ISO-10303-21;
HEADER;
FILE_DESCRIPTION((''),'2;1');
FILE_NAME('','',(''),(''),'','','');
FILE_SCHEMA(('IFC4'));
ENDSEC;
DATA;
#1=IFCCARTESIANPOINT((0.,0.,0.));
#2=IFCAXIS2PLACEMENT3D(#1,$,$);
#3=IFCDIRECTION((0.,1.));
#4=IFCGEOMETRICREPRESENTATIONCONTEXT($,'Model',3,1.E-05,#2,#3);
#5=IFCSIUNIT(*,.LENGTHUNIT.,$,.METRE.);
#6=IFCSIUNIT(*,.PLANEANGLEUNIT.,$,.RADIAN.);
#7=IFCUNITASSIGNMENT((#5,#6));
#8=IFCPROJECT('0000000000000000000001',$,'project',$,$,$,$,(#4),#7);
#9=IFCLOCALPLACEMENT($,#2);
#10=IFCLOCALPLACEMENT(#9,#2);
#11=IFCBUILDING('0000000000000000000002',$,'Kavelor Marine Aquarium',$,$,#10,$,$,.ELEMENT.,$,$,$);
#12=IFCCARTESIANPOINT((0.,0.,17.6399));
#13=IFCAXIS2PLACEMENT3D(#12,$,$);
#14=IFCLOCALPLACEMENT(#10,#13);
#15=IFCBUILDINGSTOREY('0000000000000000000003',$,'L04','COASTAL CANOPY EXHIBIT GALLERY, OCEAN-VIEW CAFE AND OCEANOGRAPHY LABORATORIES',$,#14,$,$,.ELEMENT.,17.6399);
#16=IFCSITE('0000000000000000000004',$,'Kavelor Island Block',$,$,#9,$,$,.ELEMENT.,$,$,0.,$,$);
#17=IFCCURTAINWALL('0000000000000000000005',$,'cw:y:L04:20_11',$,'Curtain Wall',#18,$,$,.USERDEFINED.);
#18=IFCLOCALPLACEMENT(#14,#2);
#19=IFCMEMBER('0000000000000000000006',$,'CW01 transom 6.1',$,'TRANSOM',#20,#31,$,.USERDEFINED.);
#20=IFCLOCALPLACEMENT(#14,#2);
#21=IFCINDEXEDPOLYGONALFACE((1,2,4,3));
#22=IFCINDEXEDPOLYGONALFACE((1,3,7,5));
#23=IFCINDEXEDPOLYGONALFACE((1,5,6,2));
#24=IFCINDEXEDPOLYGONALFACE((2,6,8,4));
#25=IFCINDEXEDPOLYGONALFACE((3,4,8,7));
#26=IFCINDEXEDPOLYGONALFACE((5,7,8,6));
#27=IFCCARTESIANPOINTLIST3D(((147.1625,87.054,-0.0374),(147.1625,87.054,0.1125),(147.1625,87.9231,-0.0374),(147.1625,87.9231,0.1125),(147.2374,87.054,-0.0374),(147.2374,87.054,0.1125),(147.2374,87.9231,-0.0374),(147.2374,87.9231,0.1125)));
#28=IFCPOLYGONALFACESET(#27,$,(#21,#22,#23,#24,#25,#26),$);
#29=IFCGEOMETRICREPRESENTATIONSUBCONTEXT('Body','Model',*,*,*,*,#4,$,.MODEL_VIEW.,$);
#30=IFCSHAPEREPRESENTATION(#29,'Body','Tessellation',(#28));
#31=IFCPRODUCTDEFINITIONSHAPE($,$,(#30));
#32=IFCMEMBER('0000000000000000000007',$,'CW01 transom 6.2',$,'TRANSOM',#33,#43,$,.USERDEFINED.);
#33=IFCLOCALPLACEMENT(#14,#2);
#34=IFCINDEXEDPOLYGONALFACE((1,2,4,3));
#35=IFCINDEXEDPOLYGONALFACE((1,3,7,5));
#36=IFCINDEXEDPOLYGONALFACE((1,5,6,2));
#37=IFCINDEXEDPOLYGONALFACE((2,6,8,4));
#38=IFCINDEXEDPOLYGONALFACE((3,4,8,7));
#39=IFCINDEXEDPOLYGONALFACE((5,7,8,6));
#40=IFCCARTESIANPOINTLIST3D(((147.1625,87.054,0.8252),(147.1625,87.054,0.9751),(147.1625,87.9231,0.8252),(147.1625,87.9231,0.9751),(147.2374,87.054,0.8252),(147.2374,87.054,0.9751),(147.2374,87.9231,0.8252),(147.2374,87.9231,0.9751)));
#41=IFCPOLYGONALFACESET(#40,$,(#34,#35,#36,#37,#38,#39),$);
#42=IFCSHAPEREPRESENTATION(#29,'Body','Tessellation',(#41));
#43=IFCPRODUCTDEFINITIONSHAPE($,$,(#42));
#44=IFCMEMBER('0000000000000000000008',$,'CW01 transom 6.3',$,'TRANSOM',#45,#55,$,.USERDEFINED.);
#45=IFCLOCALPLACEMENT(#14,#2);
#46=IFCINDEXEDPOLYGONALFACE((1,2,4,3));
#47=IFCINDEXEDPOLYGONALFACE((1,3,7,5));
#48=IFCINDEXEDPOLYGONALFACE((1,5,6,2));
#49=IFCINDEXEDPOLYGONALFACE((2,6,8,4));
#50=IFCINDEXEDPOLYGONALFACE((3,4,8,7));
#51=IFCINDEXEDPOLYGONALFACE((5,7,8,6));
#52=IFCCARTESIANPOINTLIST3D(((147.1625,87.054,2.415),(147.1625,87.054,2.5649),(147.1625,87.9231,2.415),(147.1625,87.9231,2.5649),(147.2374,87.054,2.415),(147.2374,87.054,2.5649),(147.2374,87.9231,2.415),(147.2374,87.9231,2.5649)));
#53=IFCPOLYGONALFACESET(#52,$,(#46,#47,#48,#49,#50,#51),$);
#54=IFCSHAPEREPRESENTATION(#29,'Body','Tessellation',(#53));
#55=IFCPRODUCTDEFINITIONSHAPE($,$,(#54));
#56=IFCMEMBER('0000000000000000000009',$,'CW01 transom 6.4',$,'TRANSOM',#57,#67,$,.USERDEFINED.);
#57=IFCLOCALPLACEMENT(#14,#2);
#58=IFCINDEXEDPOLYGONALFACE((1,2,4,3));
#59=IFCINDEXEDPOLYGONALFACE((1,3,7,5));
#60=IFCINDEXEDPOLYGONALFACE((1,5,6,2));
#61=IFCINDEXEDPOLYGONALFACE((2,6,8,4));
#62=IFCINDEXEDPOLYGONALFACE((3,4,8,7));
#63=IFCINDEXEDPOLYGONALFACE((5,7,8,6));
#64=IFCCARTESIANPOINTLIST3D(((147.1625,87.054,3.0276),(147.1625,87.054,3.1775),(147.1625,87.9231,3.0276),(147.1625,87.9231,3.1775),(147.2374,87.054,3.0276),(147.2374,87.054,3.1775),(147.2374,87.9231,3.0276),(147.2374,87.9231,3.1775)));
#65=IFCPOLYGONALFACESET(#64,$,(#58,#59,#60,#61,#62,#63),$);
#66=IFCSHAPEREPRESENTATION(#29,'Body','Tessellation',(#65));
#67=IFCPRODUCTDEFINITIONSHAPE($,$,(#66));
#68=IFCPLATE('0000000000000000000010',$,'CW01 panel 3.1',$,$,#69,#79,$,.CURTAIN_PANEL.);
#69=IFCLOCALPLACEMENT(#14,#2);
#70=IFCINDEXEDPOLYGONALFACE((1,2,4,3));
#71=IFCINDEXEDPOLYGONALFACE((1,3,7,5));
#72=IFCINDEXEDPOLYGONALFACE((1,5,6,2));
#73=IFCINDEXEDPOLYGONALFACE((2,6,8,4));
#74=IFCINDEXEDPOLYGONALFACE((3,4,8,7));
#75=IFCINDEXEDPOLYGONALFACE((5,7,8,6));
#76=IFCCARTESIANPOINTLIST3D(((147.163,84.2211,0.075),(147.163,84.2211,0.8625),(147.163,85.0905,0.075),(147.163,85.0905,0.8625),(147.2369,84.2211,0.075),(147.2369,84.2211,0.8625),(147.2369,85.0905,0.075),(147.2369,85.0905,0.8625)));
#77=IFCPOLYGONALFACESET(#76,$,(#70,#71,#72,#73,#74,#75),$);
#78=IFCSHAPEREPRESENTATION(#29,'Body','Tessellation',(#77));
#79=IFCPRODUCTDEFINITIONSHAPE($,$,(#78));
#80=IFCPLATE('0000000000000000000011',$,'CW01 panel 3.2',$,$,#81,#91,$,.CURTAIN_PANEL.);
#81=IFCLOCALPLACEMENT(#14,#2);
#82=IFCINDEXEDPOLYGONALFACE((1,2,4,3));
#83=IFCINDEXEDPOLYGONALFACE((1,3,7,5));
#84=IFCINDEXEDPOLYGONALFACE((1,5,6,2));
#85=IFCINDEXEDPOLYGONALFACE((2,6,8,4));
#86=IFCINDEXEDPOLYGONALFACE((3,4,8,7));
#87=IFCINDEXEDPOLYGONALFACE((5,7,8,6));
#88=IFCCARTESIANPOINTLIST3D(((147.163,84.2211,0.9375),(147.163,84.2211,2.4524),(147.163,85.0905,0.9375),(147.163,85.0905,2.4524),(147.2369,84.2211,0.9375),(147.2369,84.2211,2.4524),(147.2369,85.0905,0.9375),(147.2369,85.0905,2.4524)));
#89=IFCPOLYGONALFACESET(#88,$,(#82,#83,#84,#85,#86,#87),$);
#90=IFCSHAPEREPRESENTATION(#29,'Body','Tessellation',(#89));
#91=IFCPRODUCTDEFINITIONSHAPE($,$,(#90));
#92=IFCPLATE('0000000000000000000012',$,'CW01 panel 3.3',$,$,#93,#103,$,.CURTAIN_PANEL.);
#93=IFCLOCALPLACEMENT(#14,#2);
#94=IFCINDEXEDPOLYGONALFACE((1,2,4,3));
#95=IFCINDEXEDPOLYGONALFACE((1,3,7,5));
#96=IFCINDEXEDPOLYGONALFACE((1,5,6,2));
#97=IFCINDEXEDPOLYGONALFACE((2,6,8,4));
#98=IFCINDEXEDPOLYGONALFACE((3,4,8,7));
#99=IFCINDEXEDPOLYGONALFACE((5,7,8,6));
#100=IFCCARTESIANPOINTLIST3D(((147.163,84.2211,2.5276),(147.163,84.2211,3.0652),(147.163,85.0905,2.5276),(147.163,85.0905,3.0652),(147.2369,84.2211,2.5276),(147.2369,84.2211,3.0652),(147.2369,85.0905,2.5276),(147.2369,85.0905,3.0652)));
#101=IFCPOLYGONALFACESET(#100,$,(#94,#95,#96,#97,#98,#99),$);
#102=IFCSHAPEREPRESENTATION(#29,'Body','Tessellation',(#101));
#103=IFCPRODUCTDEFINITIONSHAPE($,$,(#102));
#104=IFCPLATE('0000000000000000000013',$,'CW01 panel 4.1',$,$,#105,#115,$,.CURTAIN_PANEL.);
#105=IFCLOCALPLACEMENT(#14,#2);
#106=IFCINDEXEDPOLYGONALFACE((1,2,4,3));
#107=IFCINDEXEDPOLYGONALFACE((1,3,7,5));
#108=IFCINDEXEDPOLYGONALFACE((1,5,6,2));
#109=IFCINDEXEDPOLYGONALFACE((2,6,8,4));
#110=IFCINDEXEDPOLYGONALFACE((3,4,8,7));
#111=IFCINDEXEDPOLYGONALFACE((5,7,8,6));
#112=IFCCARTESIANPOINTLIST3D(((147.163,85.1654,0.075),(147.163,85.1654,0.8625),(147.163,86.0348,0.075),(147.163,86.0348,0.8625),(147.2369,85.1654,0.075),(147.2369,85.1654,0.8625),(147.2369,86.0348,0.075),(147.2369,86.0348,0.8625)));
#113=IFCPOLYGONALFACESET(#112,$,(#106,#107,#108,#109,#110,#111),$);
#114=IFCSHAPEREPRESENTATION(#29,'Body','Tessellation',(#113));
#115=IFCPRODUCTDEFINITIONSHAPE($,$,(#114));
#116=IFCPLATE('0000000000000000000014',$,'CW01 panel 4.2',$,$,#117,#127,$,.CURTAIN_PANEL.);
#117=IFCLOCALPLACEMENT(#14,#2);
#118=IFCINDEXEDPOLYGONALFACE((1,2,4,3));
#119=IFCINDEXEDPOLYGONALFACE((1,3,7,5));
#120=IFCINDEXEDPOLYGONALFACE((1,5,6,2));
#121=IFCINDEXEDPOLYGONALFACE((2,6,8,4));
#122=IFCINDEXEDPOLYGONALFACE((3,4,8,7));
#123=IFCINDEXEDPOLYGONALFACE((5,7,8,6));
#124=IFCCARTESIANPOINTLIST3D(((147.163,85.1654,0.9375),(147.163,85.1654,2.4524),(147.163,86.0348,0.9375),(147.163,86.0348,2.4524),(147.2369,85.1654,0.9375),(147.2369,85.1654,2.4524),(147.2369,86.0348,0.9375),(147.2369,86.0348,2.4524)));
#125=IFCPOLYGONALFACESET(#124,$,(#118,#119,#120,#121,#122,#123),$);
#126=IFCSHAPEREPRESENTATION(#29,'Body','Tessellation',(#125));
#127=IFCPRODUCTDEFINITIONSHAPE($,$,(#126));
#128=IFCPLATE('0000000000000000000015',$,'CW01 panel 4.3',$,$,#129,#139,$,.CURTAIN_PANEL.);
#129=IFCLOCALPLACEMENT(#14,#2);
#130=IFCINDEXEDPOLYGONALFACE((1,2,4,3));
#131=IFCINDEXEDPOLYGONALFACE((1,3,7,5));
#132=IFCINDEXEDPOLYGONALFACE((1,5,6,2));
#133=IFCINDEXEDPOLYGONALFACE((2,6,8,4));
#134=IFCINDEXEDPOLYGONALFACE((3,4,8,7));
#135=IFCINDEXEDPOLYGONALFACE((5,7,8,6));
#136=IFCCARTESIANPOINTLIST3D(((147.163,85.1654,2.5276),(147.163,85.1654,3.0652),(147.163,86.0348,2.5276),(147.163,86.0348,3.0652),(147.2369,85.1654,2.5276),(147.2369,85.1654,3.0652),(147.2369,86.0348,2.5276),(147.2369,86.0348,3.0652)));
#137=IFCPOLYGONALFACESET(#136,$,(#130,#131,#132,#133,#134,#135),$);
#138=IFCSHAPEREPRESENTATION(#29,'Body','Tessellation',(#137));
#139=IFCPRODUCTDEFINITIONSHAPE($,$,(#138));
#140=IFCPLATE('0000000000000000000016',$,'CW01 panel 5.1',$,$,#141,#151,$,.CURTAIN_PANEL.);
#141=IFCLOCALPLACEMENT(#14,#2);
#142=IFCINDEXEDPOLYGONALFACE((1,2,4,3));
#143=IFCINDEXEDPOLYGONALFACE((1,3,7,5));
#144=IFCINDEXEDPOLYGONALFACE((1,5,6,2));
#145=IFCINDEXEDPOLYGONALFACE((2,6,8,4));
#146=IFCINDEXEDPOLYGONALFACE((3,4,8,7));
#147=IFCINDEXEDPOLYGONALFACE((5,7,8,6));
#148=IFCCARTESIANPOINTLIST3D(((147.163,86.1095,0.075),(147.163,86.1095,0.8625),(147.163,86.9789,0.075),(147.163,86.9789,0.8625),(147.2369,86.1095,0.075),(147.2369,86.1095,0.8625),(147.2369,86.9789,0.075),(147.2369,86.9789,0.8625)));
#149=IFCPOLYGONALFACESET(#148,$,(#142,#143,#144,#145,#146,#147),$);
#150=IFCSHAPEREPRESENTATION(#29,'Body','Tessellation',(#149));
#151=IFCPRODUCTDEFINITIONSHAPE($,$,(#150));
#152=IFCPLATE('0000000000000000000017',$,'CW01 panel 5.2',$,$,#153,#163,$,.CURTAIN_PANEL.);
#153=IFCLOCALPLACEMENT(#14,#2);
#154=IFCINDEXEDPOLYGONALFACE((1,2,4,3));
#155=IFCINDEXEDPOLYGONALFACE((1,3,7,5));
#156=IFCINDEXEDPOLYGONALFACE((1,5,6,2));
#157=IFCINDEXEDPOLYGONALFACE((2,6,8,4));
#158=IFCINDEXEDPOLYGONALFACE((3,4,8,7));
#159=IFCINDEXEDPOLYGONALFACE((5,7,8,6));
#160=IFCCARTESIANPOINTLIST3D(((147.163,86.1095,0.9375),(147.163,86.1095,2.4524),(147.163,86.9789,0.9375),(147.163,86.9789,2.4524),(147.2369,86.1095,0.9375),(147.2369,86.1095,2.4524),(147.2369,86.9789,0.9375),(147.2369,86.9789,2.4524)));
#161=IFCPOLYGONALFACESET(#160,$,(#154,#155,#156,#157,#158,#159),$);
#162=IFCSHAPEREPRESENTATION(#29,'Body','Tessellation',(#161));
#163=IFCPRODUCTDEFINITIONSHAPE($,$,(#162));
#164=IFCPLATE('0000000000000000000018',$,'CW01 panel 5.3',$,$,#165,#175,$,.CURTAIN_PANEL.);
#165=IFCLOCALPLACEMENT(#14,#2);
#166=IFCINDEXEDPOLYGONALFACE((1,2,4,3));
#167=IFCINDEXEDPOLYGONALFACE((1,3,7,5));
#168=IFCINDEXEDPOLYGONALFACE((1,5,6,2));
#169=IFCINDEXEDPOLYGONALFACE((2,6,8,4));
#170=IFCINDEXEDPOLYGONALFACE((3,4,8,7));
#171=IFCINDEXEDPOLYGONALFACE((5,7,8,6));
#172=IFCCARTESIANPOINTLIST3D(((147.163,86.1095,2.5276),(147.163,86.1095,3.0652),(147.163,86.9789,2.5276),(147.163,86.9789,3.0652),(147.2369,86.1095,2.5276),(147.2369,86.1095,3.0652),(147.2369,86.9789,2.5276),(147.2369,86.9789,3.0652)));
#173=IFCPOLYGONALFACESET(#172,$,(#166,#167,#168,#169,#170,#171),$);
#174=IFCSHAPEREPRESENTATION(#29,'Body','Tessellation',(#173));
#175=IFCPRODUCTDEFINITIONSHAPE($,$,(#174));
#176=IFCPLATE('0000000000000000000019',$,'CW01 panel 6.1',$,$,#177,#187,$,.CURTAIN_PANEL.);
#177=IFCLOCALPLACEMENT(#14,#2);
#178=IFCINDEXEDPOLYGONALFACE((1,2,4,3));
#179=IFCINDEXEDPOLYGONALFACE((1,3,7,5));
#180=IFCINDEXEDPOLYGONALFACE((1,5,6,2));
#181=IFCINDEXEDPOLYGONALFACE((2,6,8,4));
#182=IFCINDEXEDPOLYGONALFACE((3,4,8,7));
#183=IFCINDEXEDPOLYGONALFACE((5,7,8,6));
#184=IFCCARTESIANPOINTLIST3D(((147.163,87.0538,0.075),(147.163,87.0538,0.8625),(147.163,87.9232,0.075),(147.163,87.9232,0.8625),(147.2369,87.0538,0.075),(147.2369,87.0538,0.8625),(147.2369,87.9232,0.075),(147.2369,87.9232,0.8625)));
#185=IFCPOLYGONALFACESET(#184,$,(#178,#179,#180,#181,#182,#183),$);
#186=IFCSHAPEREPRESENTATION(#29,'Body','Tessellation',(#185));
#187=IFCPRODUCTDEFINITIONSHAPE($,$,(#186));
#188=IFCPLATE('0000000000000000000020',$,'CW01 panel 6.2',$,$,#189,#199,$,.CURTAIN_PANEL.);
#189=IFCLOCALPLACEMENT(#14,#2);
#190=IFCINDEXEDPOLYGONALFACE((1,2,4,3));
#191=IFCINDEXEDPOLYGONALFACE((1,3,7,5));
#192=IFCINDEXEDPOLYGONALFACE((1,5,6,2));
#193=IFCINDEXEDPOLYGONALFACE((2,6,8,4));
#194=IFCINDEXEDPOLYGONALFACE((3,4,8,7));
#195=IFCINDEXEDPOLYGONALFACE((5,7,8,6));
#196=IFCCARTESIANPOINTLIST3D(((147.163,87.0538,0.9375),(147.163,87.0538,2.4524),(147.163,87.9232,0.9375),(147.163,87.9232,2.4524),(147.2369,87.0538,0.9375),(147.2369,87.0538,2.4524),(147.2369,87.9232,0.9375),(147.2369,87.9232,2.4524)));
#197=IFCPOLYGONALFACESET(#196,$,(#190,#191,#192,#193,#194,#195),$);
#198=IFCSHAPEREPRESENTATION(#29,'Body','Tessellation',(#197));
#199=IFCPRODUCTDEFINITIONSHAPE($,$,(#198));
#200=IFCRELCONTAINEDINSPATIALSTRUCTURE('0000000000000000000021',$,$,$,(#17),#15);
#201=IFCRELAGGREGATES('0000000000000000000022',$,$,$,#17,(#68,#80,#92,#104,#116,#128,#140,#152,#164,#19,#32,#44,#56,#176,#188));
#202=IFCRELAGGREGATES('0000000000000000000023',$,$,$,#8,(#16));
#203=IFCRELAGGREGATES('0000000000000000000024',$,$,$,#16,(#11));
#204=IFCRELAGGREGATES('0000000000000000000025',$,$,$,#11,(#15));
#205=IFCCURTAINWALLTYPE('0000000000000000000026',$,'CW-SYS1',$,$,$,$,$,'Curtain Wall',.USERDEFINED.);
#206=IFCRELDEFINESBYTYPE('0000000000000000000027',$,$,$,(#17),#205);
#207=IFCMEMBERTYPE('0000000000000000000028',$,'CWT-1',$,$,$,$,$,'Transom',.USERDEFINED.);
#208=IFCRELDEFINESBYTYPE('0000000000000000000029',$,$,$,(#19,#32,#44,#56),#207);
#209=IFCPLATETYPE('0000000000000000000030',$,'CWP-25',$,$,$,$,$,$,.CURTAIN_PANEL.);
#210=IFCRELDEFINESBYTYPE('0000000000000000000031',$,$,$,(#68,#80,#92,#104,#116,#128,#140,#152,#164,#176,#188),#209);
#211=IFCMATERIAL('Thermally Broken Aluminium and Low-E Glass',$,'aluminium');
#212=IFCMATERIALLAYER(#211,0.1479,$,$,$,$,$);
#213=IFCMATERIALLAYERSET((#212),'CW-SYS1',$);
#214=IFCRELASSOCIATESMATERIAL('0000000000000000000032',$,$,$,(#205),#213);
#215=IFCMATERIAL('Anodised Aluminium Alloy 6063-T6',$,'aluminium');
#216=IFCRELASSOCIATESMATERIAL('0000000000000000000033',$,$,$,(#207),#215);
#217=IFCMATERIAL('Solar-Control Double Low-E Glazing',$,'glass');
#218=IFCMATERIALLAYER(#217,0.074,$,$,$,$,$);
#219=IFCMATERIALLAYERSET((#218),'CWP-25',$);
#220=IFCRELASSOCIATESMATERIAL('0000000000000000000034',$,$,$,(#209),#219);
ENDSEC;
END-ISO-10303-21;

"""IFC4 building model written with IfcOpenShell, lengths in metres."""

from ifc_helpers import new_model, si_unit, direction, frame, origin, origin_2d, place, context, subcontext, project, spatial, rectangle, extrude, material, layer, layer_set, material_profile, profile_set, type_object, element, aggregate, save


model = new_model("IFC4")

# Units and contexts
model_context = context("Model", 3, precision=1e-05, world=origin(), true_north=direction((0.0, 1.0)))
body_context = subcontext(model_context, "Body", "Model", "MODEL_VIEW")
ifc_project = project(units=[si_unit("LENGTHUNIT", "METRE"), si_unit("PLANEANGLEUNIT", "RADIAN")], contexts=[model_context])

# Site, building, storey
site_placement = place(None, origin())
site = spatial("IfcSite", under=ifc_project, at=site_placement, Name="Kavelor Island Block", CompositionType="ELEMENT", RefElevation=0.0)
building_placement = place(site_placement, origin())
building = spatial("IfcBuilding", under=site, at=building_placement, Name="Kavelor Marine Aquarium", CompositionType="ELEMENT")
storey_placement = place(building_placement, frame((0.0, 0.0, 17.6399)))
storey = spatial("IfcBuildingStorey", under=building, at=storey_placement, Name="L04", Description="COASTAL CANOPY EXHIBIT GALLERY, OCEAN-VIEW CAFE AND OCEANOGRAPHY LABORATORIES", CompositionType="ELEMENT", Elevation=17.6399)

# Curtain wall, members, plates
ifc_material_1 = material(Name="Thermally Broken Aluminium and Low-E Glass", Category="aluminium")
ifc_layer_1 = layer(ifc_material_1, 0.1479)
ifc_layer_set_1 = layer_set([ifc_layer_1], Name="CW-SYS1")
curtain_wall_type = type_object("IfcCurtainWallType", Name="CW-SYS1", ElementType="Curtain Wall", PredefinedType="USERDEFINED", material=ifc_layer_set_1)
curtain_wall_placement = place(storey_placement, origin())
curtain_wall = element("IfcCurtainWall", 1, at=curtain_wall_placement, inside=storey, type_object=curtain_wall_type, Name="cw:y:L04:20_11", ObjectType="Curtain Wall", PredefinedType="USERDEFINED")
ifc_material_2 = material(Name="Anodised Aluminium Alloy 6063-T6", Category="aluminium")
ifc_material_profile_1 = material_profile(ifc_material_2, rectangle(XDim=0.075, YDim=0.1499, at=origin_2d()), Name="CW-TRN 75x150")
ifc_profile_set_1 = profile_set([ifc_material_profile_1], Name="Anodised Aluminium Alloy 6063-T6")
member_type_1 = type_object("IfcMemberType", Name="CWT-1", ElementType="Transom", PredefinedType="USERDEFINED", material=ifc_profile_set_1)
member_1_placement = place(storey_placement, frame((147.2, 87.054, 0.0376), z_axis=(0.0, 1.0, 0.0), x_axis=(-1.0, 0.0, 0.0)))
member_1 = element("IfcMember", 2, at=member_1_placement, type_object=member_type_1, Name="CW01 transom 6.1", ObjectType="TRANSOM", PredefinedType="USERDEFINED", context=body_context, shape_type="SweptSolid", body=[
    extrude(rectangle(XDim=0.075, YDim=0.1499, at=origin_2d()), origin(), (0.0, 0.0, 1.0), 0.8691),
])
member_2_placement = place(storey_placement, frame((147.2, 87.054, 0.9001), z_axis=(0.0, 1.0, 0.0), x_axis=(-1.0, 0.0, 0.0)))
member_2 = element("IfcMember", 3, at=member_2_placement, type_object=member_type_1, Name="CW01 transom 6.2", ObjectType="TRANSOM", PredefinedType="USERDEFINED", context=body_context, shape_type="SweptSolid", body=[
    extrude(rectangle(XDim=0.075, YDim=0.1499, at=origin_2d()), origin(), (0.0, 0.0, 1.0), 0.8691),
])
member_3_placement = place(storey_placement, frame((147.2, 87.054, 2.49), z_axis=(0.0, 1.0, 0.0), x_axis=(-1.0, 0.0, 0.0)))
member_3 = element("IfcMember", 4, at=member_3_placement, type_object=member_type_1, Name="CW01 transom 6.3", ObjectType="TRANSOM", PredefinedType="USERDEFINED", context=body_context, shape_type="SweptSolid", body=[
    extrude(rectangle(XDim=0.075, YDim=0.1499, at=origin_2d()), origin(), (0.0, 0.0, 1.0), 0.8691),
])
member_4_placement = place(storey_placement, frame((147.2, 87.054, 3.1025), z_axis=(0.0, 1.0, 0.0), x_axis=(-1.0, 0.0, 0.0)))
member_4 = element("IfcMember", 5, at=member_4_placement, type_object=member_type_1, Name="CW01 transom 6.4", ObjectType="TRANSOM", PredefinedType="USERDEFINED", context=body_context, shape_type="SweptSolid", body=[
    extrude(rectangle(XDim=0.075, YDim=0.1499, at=origin_2d()), origin(), (0.0, 0.0, 1.0), 0.8691),
])
ifc_material_3 = material(Name="Solar-Control Double Low-E Glazing", Category="glass")
ifc_layer_2 = layer(ifc_material_3, 0.074)
ifc_layer_set_2 = layer_set([ifc_layer_2], Name="CWP-25")
plate_type = type_object("IfcPlateType", Name="CWP-25", PredefinedType="CURTAIN_PANEL", material=ifc_layer_set_2)
plate_1_placement = place(storey_placement, frame((147.2, 84.6558, 0.075), z_axis=(0.0, 0.0, 1.0), x_axis=(0.0, 1.0, 0.0)))
plate_1 = element("IfcPlate", 6, at=plate_1_placement, type_object=plate_type, Name="CW01 panel 3.1", PredefinedType="CURTAIN_PANEL", context=body_context, shape_type="SweptSolid", body=[
    extrude(rectangle(XDim=0.8694, YDim=0.074, at=origin_2d()), origin(), (0.0, 0.0, 1.0), 0.7876),
])
plate_2_placement = place(storey_placement, frame((147.2, 84.6558, 0.9375), z_axis=(0.0, 0.0, 1.0), x_axis=(0.0, 1.0, 0.0)))
plate_2 = element("IfcPlate", 7, at=plate_2_placement, type_object=plate_type, Name="CW01 panel 3.2", PredefinedType="CURTAIN_PANEL", context=body_context, shape_type="SweptSolid", body=[
    extrude(rectangle(XDim=0.8694, YDim=0.074, at=origin_2d()), origin(), (0.0, 0.0, 1.0), 1.5149),
])
plate_3_placement = place(storey_placement, frame((147.2, 84.6558, 2.5276), z_axis=(0.0, 0.0, 1.0), x_axis=(0.0, 1.0, 0.0)))
plate_3 = element("IfcPlate", 8, at=plate_3_placement, type_object=plate_type, Name="CW01 panel 3.3", PredefinedType="CURTAIN_PANEL", context=body_context, shape_type="SweptSolid", body=[
    extrude(rectangle(XDim=0.8694, YDim=0.074, at=origin_2d()), origin(), (0.0, 0.0, 1.0), 0.5376),
])
plate_4_placement = place(storey_placement, frame((147.2, 85.6001, 0.075), z_axis=(0.0, 0.0, 1.0), x_axis=(0.0, 1.0, 0.0)))
plate_4 = element("IfcPlate", 9, at=plate_4_placement, type_object=plate_type, Name="CW01 panel 4.1", PredefinedType="CURTAIN_PANEL", context=body_context, shape_type="SweptSolid", body=[
    extrude(rectangle(XDim=0.8694, YDim=0.074, at=origin_2d()), origin(), (0.0, 0.0, 1.0), 0.7876),
])
plate_5_placement = place(storey_placement, frame((147.2, 85.6001, 0.9375), z_axis=(0.0, 0.0, 1.0), x_axis=(0.0, 1.0, 0.0)))
plate_5 = element("IfcPlate", 10, at=plate_5_placement, type_object=plate_type, Name="CW01 panel 4.2", PredefinedType="CURTAIN_PANEL", context=body_context, shape_type="SweptSolid", body=[
    extrude(rectangle(XDim=0.8694, YDim=0.074, at=origin_2d()), origin(), (0.0, 0.0, 1.0), 1.5149),
])
plate_6_placement = place(storey_placement, frame((147.2, 85.6001, 2.5276), z_axis=(0.0, 0.0, 1.0), x_axis=(0.0, 1.0, 0.0)))
plate_6 = element("IfcPlate", 11, at=plate_6_placement, type_object=plate_type, Name="CW01 panel 4.3", PredefinedType="CURTAIN_PANEL", context=body_context, shape_type="SweptSolid", body=[
    extrude(rectangle(XDim=0.8694, YDim=0.074, at=origin_2d()), origin(), (0.0, 0.0, 1.0), 0.5376),
])
plate_7_placement = place(storey_placement, frame((147.2, 86.5442, 0.075), z_axis=(0.0, 0.0, 1.0), x_axis=(0.0, 1.0, 0.0)))
plate_7 = element("IfcPlate", 12, at=plate_7_placement, type_object=plate_type, Name="CW01 panel 5.1", PredefinedType="CURTAIN_PANEL", context=body_context, shape_type="SweptSolid", body=[
    extrude(rectangle(XDim=0.8694, YDim=0.074, at=origin_2d()), origin(), (0.0, 0.0, 1.0), 0.7876),
])
plate_8_placement = place(storey_placement, frame((147.2, 86.5442, 0.9375), z_axis=(0.0, 0.0, 1.0), x_axis=(0.0, 1.0, 0.0)))
plate_8 = element("IfcPlate", 13, at=plate_8_placement, type_object=plate_type, Name="CW01 panel 5.2", PredefinedType="CURTAIN_PANEL", context=body_context, shape_type="SweptSolid", body=[
    extrude(rectangle(XDim=0.8694, YDim=0.074, at=origin_2d()), origin(), (0.0, 0.0, 1.0), 1.5149),
])
plate_9_placement = place(storey_placement, frame((147.2, 86.5442, 2.5276), z_axis=(0.0, 0.0, 1.0), x_axis=(0.0, 1.0, 0.0)))
plate_9 = element("IfcPlate", 14, at=plate_9_placement, type_object=plate_type, Name="CW01 panel 5.3", PredefinedType="CURTAIN_PANEL", context=body_context, shape_type="SweptSolid", body=[
    extrude(rectangle(XDim=0.8694, YDim=0.074, at=origin_2d()), origin(), (0.0, 0.0, 1.0), 0.5376),
])
plate_10_placement = place(storey_placement, frame((147.2, 87.4885, 0.075), z_axis=(0.0, 0.0, 1.0), x_axis=(0.0, 1.0, 0.0)))
plate_10 = element("IfcPlate", 15, at=plate_10_placement, type_object=plate_type, Name="CW01 panel 6.1", PredefinedType="CURTAIN_PANEL", context=body_context, shape_type="SweptSolid", body=[
    extrude(rectangle(XDim=0.8694, YDim=0.074, at=origin_2d()), origin(), (0.0, 0.0, 1.0), 0.7876),
])
plate_11_placement = place(storey_placement, frame((147.2, 87.4885, 0.9375), z_axis=(0.0, 0.0, 1.0), x_axis=(0.0, 1.0, 0.0)))
plate_11 = element("IfcPlate", 16, at=plate_11_placement, type_object=plate_type, Name="CW01 panel 6.2", PredefinedType="CURTAIN_PANEL", context=body_context, shape_type="SweptSolid", body=[
    extrude(rectangle(XDim=0.8694, YDim=0.074, at=origin_2d()), origin(), (0.0, 0.0, 1.0), 1.5149),
])
aggregate(curtain_wall, [plate_1, plate_2, plate_3, plate_4, plate_5, plate_6, plate_7, plate_8, plate_9, member_1, member_2, member_3, member_4, plate_10, plate_11])

save(model, "model.ifc")
